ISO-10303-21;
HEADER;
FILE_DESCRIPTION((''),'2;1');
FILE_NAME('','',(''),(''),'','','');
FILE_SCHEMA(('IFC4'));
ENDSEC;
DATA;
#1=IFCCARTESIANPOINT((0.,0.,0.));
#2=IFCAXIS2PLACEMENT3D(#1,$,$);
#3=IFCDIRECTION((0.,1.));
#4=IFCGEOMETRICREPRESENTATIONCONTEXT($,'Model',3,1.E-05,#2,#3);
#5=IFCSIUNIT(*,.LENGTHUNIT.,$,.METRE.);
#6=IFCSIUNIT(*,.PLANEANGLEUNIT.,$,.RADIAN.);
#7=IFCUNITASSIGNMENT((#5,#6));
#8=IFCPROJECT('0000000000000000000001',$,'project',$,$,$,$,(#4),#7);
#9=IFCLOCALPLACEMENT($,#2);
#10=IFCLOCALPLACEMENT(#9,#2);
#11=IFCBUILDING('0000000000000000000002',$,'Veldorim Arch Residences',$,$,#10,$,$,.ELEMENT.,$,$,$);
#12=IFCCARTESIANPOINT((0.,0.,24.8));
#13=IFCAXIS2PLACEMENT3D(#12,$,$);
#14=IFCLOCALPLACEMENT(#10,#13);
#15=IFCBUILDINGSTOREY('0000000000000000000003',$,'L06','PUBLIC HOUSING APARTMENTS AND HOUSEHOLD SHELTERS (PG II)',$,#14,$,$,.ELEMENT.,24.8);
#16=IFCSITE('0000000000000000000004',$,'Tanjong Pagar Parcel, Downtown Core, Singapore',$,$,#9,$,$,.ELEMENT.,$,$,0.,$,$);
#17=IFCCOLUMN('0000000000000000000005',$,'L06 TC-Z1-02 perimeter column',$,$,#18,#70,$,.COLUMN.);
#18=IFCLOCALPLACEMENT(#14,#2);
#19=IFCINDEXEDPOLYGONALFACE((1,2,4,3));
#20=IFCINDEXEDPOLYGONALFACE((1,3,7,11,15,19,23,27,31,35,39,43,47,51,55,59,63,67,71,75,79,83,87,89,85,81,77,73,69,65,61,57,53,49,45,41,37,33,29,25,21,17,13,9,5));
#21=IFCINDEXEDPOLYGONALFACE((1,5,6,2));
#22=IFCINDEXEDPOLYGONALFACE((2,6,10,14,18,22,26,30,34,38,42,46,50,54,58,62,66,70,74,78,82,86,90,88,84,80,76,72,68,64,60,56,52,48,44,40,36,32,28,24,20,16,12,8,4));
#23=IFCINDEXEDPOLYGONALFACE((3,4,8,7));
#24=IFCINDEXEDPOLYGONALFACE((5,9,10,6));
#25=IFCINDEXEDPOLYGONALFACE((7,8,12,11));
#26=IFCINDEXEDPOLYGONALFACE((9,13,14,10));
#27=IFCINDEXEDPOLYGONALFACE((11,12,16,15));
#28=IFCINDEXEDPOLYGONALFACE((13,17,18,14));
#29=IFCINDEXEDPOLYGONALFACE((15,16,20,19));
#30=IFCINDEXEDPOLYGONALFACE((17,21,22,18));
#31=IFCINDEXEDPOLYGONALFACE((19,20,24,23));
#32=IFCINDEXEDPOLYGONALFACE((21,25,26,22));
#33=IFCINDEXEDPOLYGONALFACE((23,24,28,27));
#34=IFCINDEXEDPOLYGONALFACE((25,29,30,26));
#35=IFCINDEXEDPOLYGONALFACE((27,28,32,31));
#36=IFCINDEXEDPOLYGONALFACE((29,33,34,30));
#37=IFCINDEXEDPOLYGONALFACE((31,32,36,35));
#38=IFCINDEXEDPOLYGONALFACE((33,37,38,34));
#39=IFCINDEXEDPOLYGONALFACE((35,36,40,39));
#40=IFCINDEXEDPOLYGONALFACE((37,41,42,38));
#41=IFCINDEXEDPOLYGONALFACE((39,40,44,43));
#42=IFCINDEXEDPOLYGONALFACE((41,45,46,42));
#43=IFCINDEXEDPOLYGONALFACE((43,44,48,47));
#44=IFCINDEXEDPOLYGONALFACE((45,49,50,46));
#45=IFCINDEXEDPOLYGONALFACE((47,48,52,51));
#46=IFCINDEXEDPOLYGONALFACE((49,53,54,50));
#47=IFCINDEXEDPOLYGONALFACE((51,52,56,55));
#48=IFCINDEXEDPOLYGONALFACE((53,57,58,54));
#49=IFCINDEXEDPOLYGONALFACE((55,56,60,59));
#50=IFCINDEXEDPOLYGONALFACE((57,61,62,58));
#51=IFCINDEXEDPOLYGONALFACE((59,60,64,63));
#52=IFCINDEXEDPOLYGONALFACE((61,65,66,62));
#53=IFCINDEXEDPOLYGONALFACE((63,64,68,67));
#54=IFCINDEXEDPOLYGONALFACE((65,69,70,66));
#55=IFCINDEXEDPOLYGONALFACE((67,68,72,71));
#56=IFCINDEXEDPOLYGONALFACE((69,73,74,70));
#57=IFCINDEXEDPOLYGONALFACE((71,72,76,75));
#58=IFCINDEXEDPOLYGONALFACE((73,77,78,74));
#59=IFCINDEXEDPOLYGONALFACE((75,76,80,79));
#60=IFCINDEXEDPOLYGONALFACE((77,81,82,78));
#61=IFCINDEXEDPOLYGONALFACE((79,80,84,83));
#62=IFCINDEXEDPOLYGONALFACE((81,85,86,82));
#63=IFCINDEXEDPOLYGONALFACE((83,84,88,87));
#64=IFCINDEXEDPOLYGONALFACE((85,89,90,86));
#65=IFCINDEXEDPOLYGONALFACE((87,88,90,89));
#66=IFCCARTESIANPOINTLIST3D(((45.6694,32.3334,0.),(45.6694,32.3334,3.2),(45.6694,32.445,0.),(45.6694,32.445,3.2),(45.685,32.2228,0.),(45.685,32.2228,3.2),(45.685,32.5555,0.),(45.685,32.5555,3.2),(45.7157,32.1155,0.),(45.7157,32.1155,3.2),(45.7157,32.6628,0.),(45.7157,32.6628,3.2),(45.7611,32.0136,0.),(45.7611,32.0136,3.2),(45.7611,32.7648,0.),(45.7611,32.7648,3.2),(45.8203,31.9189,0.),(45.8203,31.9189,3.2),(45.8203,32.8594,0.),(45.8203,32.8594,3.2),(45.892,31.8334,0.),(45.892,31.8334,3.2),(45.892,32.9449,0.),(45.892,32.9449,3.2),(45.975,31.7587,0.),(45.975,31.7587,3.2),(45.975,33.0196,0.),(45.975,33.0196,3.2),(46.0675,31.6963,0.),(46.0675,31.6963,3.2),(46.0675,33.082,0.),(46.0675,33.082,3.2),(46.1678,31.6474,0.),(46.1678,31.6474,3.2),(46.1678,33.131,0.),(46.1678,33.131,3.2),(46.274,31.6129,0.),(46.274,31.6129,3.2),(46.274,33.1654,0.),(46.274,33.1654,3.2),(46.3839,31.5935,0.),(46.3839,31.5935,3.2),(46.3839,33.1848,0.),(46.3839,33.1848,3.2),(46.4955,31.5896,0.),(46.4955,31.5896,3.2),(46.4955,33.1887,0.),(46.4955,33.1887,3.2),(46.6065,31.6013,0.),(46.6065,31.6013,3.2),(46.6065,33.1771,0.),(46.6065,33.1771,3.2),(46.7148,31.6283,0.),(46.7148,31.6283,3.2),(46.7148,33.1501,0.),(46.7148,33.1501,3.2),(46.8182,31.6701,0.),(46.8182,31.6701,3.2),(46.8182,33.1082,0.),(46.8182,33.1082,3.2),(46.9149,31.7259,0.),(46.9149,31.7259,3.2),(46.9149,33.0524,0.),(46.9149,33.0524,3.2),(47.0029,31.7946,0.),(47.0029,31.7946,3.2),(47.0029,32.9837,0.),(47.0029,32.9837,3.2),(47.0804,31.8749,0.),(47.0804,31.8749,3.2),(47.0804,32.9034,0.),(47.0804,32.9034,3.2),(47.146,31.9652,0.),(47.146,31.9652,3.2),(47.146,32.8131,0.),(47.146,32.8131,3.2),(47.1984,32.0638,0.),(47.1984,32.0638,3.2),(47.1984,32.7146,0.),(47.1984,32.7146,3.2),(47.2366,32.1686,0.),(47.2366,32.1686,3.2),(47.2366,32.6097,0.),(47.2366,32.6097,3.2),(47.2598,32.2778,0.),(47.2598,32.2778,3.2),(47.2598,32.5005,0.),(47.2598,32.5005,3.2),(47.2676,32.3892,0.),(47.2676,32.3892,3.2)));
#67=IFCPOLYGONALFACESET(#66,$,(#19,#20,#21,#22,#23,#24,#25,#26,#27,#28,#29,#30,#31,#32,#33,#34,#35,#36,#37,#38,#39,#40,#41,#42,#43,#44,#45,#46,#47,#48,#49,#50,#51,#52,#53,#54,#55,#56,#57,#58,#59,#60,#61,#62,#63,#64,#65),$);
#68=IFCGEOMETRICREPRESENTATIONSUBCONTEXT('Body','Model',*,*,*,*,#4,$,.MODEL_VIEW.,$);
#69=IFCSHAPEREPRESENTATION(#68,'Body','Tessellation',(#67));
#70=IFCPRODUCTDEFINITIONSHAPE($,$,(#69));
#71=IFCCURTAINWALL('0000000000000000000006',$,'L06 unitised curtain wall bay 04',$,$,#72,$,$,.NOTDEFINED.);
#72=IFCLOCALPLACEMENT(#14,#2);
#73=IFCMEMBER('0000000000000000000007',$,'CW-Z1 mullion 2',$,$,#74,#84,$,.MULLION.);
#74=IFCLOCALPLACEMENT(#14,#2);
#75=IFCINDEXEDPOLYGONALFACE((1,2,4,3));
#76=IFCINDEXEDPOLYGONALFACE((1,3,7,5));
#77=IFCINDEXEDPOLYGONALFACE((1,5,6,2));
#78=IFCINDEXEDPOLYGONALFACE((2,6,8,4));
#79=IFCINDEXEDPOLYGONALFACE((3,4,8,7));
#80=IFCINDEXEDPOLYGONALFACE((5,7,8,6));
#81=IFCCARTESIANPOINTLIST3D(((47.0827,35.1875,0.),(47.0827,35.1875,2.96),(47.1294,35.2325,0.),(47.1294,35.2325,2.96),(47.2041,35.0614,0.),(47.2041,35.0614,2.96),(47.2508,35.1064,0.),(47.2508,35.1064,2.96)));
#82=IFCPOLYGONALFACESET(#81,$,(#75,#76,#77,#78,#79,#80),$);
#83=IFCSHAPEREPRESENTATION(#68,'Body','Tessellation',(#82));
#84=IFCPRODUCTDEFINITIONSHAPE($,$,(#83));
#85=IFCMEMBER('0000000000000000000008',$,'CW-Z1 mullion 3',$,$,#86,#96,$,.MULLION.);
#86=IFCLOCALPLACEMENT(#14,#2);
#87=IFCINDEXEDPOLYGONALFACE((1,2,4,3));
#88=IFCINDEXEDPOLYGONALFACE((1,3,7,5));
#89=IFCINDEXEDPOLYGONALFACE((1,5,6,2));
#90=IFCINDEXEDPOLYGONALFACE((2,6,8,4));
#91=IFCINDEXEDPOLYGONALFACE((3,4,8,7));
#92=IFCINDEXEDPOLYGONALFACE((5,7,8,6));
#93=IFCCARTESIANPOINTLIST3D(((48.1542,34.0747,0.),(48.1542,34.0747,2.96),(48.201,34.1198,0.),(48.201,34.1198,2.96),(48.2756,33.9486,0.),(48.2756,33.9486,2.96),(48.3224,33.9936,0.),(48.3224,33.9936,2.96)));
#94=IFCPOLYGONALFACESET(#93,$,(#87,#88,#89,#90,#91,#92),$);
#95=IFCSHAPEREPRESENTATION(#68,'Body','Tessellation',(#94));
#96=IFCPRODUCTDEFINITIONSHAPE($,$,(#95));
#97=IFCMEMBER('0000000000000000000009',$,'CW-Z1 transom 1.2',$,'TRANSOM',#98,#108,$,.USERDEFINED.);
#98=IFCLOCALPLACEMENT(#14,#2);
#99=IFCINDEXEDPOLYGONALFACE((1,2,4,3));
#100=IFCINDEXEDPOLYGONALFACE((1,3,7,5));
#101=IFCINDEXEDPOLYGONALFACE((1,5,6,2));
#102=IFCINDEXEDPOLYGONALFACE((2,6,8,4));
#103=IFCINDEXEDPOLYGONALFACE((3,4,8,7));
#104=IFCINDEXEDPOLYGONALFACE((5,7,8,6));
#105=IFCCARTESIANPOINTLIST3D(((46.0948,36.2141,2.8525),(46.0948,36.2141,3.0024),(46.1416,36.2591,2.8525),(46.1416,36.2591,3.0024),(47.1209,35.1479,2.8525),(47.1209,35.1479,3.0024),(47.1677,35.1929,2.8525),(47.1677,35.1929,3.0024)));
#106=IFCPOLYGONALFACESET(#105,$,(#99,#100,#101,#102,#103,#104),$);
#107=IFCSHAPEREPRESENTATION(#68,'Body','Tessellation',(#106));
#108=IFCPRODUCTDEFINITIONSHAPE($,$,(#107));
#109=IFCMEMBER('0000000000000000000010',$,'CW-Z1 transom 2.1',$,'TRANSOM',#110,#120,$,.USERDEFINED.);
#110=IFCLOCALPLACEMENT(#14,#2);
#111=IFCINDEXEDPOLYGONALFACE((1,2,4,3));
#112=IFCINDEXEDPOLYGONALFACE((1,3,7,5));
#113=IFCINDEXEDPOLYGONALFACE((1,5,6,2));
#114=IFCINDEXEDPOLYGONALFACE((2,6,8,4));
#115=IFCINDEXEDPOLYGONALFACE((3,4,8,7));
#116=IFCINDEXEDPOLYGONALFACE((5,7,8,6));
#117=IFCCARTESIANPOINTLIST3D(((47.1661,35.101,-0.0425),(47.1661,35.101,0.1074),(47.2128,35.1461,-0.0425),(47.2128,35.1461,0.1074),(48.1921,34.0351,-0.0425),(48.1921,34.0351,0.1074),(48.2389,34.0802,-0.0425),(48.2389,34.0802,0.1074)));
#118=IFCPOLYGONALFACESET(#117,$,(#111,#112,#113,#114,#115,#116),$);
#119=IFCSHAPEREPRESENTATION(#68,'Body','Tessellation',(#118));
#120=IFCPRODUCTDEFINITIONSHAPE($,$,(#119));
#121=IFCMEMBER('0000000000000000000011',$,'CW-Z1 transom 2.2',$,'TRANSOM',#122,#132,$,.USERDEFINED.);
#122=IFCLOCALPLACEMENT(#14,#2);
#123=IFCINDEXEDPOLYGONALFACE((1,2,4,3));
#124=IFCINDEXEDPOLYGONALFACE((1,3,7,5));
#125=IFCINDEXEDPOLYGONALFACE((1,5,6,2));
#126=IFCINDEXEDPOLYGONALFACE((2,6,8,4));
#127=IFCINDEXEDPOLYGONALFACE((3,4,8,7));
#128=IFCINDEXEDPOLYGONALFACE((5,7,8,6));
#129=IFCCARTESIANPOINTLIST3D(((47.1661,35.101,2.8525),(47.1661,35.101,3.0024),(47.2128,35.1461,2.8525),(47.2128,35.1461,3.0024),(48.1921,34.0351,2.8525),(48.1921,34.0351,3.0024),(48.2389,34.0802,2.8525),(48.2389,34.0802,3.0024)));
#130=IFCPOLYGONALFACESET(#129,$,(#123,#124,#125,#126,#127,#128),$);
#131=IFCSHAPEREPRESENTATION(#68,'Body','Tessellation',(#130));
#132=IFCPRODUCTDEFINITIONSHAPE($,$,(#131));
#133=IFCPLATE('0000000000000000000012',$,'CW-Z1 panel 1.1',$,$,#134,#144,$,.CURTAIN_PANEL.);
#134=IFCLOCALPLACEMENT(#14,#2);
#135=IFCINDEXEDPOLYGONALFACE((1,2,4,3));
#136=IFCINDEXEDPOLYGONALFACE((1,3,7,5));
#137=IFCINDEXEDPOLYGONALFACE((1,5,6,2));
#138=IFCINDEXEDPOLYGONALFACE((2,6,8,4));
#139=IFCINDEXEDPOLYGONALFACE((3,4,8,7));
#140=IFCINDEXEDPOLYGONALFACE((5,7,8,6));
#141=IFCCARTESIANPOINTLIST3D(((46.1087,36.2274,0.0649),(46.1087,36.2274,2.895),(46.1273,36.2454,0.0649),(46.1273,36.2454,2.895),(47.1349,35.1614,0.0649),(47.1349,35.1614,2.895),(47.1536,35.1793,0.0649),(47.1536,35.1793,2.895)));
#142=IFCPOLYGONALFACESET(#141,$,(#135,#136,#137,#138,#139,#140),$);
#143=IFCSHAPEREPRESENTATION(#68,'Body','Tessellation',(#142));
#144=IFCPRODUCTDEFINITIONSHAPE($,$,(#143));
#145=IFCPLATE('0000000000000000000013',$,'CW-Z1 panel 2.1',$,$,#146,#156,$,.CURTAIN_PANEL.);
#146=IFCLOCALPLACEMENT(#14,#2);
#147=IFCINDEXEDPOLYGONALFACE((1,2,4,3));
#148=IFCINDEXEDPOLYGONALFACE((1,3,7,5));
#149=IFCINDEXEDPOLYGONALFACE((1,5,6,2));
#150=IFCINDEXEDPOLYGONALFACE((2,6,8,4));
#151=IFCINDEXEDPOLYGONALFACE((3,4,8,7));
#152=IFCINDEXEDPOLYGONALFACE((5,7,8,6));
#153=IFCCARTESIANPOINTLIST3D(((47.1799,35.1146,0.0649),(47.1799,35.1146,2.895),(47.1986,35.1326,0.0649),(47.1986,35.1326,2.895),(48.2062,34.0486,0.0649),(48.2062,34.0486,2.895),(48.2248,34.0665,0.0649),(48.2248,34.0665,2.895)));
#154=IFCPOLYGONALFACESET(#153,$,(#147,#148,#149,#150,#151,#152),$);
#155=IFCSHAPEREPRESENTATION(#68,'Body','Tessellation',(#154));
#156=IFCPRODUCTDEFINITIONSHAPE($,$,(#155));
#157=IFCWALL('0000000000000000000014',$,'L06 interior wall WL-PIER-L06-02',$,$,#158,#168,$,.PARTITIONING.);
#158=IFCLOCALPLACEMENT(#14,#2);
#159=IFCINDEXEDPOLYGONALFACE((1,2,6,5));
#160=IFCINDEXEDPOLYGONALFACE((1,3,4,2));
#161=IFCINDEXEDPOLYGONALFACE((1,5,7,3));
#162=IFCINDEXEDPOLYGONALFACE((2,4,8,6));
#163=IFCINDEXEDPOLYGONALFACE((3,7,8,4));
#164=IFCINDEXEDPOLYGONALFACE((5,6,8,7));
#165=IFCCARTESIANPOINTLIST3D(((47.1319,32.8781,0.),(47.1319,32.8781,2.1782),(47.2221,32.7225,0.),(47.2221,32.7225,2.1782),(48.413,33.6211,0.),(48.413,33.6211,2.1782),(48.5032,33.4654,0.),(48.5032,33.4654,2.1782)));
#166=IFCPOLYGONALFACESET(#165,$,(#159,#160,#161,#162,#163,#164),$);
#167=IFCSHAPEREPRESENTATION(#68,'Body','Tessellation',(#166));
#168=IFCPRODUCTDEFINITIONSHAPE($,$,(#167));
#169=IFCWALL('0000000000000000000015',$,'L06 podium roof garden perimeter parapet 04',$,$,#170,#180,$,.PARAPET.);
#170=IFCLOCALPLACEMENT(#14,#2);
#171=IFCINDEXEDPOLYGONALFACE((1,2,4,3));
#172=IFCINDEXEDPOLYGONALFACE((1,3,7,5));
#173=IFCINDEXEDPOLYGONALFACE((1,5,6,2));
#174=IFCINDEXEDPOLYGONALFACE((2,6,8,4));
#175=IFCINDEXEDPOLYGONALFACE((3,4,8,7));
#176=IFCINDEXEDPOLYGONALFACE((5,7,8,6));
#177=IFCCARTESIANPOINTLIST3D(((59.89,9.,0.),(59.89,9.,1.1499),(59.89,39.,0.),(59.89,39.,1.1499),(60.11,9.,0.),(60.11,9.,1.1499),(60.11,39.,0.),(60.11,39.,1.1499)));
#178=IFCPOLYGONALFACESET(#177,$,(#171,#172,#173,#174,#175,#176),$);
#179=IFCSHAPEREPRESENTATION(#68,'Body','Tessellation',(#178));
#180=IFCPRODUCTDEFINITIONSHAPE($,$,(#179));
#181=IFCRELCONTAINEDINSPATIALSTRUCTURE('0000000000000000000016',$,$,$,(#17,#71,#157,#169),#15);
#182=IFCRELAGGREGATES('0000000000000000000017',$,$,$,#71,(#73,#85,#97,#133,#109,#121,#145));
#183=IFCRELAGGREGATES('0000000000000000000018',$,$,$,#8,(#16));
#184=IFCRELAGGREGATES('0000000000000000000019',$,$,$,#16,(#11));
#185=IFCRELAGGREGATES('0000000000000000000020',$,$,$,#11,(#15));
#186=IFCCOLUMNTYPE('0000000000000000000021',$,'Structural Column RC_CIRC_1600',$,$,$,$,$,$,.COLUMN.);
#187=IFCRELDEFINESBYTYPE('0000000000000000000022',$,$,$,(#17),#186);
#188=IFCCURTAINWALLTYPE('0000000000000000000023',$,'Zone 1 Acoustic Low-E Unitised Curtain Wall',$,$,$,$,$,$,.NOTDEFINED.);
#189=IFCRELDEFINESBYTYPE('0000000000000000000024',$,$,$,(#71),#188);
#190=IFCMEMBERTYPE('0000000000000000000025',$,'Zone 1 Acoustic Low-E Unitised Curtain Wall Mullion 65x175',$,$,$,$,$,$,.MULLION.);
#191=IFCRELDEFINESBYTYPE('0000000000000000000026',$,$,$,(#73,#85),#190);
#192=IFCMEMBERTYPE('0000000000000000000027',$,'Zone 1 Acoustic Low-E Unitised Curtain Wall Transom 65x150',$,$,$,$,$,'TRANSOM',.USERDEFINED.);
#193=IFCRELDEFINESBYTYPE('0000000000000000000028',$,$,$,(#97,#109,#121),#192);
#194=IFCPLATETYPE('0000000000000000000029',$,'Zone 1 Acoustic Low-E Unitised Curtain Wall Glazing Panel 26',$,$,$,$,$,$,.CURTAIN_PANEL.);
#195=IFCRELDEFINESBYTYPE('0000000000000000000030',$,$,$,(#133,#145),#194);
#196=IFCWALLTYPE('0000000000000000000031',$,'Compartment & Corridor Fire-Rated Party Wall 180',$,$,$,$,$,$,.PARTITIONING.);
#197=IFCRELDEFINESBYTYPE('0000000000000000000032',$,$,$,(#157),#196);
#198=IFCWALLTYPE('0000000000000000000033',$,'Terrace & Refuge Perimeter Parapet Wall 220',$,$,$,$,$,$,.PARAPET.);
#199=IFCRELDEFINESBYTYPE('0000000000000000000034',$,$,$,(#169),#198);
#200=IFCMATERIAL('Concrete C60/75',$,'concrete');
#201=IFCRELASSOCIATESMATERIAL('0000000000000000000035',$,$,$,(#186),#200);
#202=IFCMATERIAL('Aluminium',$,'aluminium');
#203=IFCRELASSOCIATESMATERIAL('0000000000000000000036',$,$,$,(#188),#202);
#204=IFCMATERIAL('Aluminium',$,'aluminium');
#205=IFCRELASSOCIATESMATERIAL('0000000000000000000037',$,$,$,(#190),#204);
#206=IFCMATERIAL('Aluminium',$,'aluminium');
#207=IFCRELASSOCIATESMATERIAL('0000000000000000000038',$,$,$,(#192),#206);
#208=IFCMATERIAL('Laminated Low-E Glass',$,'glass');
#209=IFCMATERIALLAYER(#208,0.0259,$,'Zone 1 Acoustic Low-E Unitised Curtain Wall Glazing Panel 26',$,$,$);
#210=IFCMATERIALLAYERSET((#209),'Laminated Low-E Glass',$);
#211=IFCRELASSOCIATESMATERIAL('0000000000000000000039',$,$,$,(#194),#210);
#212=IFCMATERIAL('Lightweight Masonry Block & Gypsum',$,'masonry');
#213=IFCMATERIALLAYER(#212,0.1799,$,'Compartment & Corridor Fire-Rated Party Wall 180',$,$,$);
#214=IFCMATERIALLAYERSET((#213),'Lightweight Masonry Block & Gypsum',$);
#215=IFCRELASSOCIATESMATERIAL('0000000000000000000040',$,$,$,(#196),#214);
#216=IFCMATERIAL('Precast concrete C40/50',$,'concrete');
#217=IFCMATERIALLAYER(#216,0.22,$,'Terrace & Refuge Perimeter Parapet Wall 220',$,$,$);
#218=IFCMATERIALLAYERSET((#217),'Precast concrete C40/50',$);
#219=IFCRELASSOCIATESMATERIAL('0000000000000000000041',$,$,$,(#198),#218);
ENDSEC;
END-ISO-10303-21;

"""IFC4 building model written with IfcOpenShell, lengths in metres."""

from ifc_helpers import new_model, si_unit, direction, frame, frame_2d, origin, origin_2d, place, context, subcontext, project, spatial, rectangle, circle, extrude, material, layer, layer_set, material_profile, profile_set, type_object, element, aggregate, save


model = new_model("IFC4")

# Units and contexts
model_context = context("Model", 3, precision=1e-05, world=origin(), true_north=direction((0.0, 1.0)))
body_context = subcontext(model_context, "Body", "Model", "MODEL_VIEW")
ifc_project = project(units=[si_unit("LENGTHUNIT", "METRE"), si_unit("PLANEANGLEUNIT", "RADIAN")], contexts=[model_context])

# Site, building, storey
site_placement = place(None, origin())
site = spatial("IfcSite", under=ifc_project, at=site_placement, Name="Tanjong Pagar Parcel, Downtown Core, Singapore", CompositionType="ELEMENT", RefElevation=0.0)
building_placement = place(site_placement, origin())
building = spatial("IfcBuilding", under=site, at=building_placement, Name="Veldorim Arch Residences", CompositionType="ELEMENT")
storey_placement = place(building_placement, frame((0.0, 0.0, 24.8)))
storey = spatial("IfcBuildingStorey", under=building, at=storey_placement, Name="L06", Description="PUBLIC HOUSING APARTMENTS AND HOUSEHOLD SHELTERS (PG II)", CompositionType="ELEMENT", Elevation=24.8)

# Column
ifc_material_1 = material(Name="Concrete C60/75", Category="concrete")
ifc_material_profile_1 = material_profile(ifc_material_1, circle(Radius=0.8, at=origin_2d()), Name="RC_CIRC_1600")
ifc_profile_set_1 = profile_set([ifc_material_profile_1], Name="Concrete C60/75")
column_type = type_object("IfcColumnType", Name="Structural Column RC_CIRC_1600", PredefinedType="COLUMN", material=ifc_profile_set_1)
column_placement = place(storey_placement, frame((46.4675, 32.3892, 0.0), z_axis=(0.0, 0.0, 1.0), x_axis=(1.0, 0.0, 0.0)))
element("IfcColumn", 1, at=column_placement, inside=storey, type_object=column_type, Name="L06 TC-Z1-02 perimeter column", PredefinedType="COLUMN", context=body_context, shape_type="SweptSolid", body=[
    extrude(circle(Radius=0.8, at=origin_2d()), origin(), (0.0, 0.0, 1.0), 3.2),
])

# Curtain wall, members, plates
ifc_material_2 = material(Name="Aluminium", Category="aluminium")
curtain_wall_type = type_object("IfcCurtainWallType", Name="Zone 1 Acoustic Low-E Unitised Curtain Wall", PredefinedType="NOTDEFINED", material=ifc_material_2)
curtain_wall_placement = place(storey_placement, origin())
curtain_wall = element("IfcCurtainWall", 2, at=curtain_wall_placement, inside=storey, type_object=curtain_wall_type, Name="L06 unitised curtain wall bay 04", PredefinedType="NOTDEFINED")
ifc_material_3 = material(Name="Aluminium", Category="aluminium")
ifc_material_profile_2 = material_profile(ifc_material_3, rectangle(XDim=0.0649, YDim=0.175, at=origin_2d()), Name="ALU_MUL_65x175")
ifc_profile_set_2 = profile_set([ifc_material_profile_2], Name="Aluminium")
member_type_1 = type_object("IfcMemberType", Name="Zone 1 Acoustic Low-E Unitised Curtain Wall Mullion 65x175", PredefinedType="MULLION", material=ifc_profile_set_2)
member_1_placement = place(storey_placement, frame((47.1667, 35.147, 0.0), z_axis=(0.0, 0.0, 1.0), x_axis=(0.720421, 0.693538, 0.0)))
member_1 = element("IfcMember", 3, at=member_1_placement, type_object=member_type_1, Name="CW-Z1 mullion 2", PredefinedType="MULLION", context=body_context, shape_type="SweptSolid", body=[
    extrude(rectangle(XDim=0.0649, YDim=0.175, at=origin_2d()), origin(), (0.0, 0.0, 1.0), 2.96),
])
member_2_placement = place(storey_placement, frame((48.2383, 34.0342, 0.0), z_axis=(0.0, 0.0, 1.0), x_axis=(0.720421, 0.693538, 0.0)))
member_2 = element("IfcMember", 4, at=member_2_placement, type_object=member_type_1, Name="CW-Z1 mullion 3", PredefinedType="MULLION", context=body_context, shape_type="SweptSolid", body=[
    extrude(rectangle(XDim=0.0649, YDim=0.175, at=origin_2d()), origin(), (0.0, 0.0, 1.0), 2.96),
])
ifc_material_4 = material(Name="Aluminium", Category="aluminium")
ifc_material_profile_3 = material_profile(ifc_material_4, rectangle(XDim=0.0649, YDim=0.1499, at=origin_2d()), Name="ALU_TRN_65x150")
ifc_profile_set_3 = profile_set([ifc_material_profile_3], Name="Aluminium")
member_type_2 = type_object("IfcMemberType", Name="Zone 1 Acoustic Low-E Unitised Curtain Wall Transom 65x150", ElementType="TRANSOM", PredefinedType="USERDEFINED", material=ifc_profile_set_3)
member_3_placement = place(storey_placement, frame((46.1182, 36.2366, 2.9275), z_axis=(0.693448, -0.720506, 0.0), x_axis=(0.720506, 0.693448, 0.0)))
member_3 = element("IfcMember", 5, at=member_3_placement, type_object=member_type_2, Name="CW-Z1 transom 1.2", ObjectType="TRANSOM", PredefinedType="USERDEFINED", context=body_context, shape_type="SweptSolid", body=[
    extrude(rectangle(XDim=0.0649, YDim=0.1499, at=origin_2d()), origin(), (0.0, 0.0, 1.0), 1.4797),
])
member_4_placement = place(storey_placement, frame((47.1895, 35.1235, 0.0325), z_axis=(0.693531, -0.720427, 0.0), x_axis=(0.720427, 0.693531, 0.0)))
member_4 = element("IfcMember", 6, at=member_4_placement, type_object=member_type_2, Name="CW-Z1 transom 2.1", ObjectType="TRANSOM", PredefinedType="USERDEFINED", context=body_context, shape_type="SweptSolid", body=[
    extrude(rectangle(XDim=0.0649, YDim=0.1499, at=origin_2d()), origin(), (0.0, 0.0, 1.0), 1.4795),
])
member_5_placement = place(storey_placement, frame((47.1895, 35.1235, 2.9275), z_axis=(0.693531, -0.720427, 0.0), x_axis=(0.720427, 0.693531, 0.0)))
member_5 = element("IfcMember", 7, at=member_5_placement, type_object=member_type_2, Name="CW-Z1 transom 2.2", ObjectType="TRANSOM", PredefinedType="USERDEFINED", context=body_context, shape_type="SweptSolid", body=[
    extrude(rectangle(XDim=0.0649, YDim=0.1499, at=origin_2d()), origin(), (0.0, 0.0, 1.0), 1.4795),
])
ifc_material_5 = material(Name="Laminated Low-E Glass", Category="glass")
ifc_layer_1 = layer(ifc_material_5, 0.0259, Name="Zone 1 Acoustic Low-E Unitised Curtain Wall Glazing Panel 26")
ifc_layer_set_1 = layer_set([ifc_layer_1], Name="Laminated Low-E Glass")
plate_type = type_object("IfcPlateType", Name="Zone 1 Acoustic Low-E Unitised Curtain Wall Glazing Panel 26", PredefinedType="CURTAIN_PANEL", material=ifc_layer_set_1)
plate_1_placement = place(storey_placement, frame((46.6311, 35.7034, 0.0649), z_axis=(0.0, 0.0, 1.0), x_axis=(0.693538, -0.720421, 0.0)))
plate_1 = element("IfcPlate", 8, at=plate_1_placement, type_object=plate_type, Name="CW-Z1 panel 1.1", PredefinedType="CURTAIN_PANEL", context=body_context, shape_type="SweptSolid", body=[
    extrude(rectangle(XDim=1.4797, YDim=0.0259, at=origin_2d()), origin(), (0.0, 0.0, 1.0), 2.8301),
])
plate_2_placement = place(storey_placement, frame((47.7024, 34.5906, 0.0649), z_axis=(0.0, 0.0, 1.0), x_axis=(0.693538, -0.720421, 0.0)))
plate_2 = element("IfcPlate", 9, at=plate_2_placement, type_object=plate_type, Name="CW-Z1 panel 2.1", PredefinedType="CURTAIN_PANEL", context=body_context, shape_type="SweptSolid", body=[
    extrude(rectangle(XDim=1.4797, YDim=0.0259, at=origin_2d()), origin(), (0.0, 0.0, 1.0), 2.8301),
])
aggregate(curtain_wall, [member_1, member_2, member_3, plate_1, member_4, member_5, plate_2])

# Walls
ifc_material_6 = material(Name="Lightweight Masonry Block & Gypsum", Category="masonry")
ifc_layer_2 = layer(ifc_material_6, 0.1799, Name="Compartment & Corridor Fire-Rated Party Wall 180")
ifc_layer_set_2 = layer_set([ifc_layer_2], Name="Lightweight Masonry Block & Gypsum")
wall_type_1 = type_object("IfcWallType", Name="Compartment & Corridor Fire-Rated Party Wall 180", PredefinedType="PARTITIONING", material=ifc_layer_set_2)
wall_1_placement = place(storey_placement, frame((47.177, 32.8003, 0.0), z_axis=(0.0, 0.0, 1.0), x_axis=(0.86505, 0.501686, 0.0)))
element("IfcWall", 10, at=wall_1_placement, inside=storey, type_object=wall_type_1, Name="L06 interior wall WL-PIER-L06-02", PredefinedType="PARTITIONING", context=body_context, shape_type="SweptSolid", body=[
    extrude(rectangle(XDim=1.481, YDim=0.1799, at=frame_2d((0.7405, 0.0))), origin(), (0.0, 0.0, 1.0), 2.1782),
])
ifc_material_7 = material(Name="Precast concrete C40/50", Category="concrete")
ifc_layer_3 = layer(ifc_material_7, 0.22, Name="Terrace & Refuge Perimeter Parapet Wall 220")
ifc_layer_set_3 = layer_set([ifc_layer_3], Name="Precast concrete C40/50")
wall_type_2 = type_object("IfcWallType", Name="Terrace & Refuge Perimeter Parapet Wall 220", PredefinedType="PARAPET", material=ifc_layer_set_3)
wall_2_placement = place(storey_placement, frame((60.0, 39.0, 0.0), z_axis=(0.0, 0.0, 1.0), x_axis=(0.0, -1.0, 0.0)))
element("IfcWall", 11, at=wall_2_placement, inside=storey, type_object=wall_type_2, Name="L06 podium roof garden perimeter parapet 04", PredefinedType="PARAPET", context=body_context, shape_type="SweptSolid", body=[
    extrude(rectangle(XDim=30.0, YDim=0.22, at=frame_2d((15.0, 0.0))), origin(), (0.0, 0.0, 1.0), 1.1499),
])

save(model, "model.ifc")
